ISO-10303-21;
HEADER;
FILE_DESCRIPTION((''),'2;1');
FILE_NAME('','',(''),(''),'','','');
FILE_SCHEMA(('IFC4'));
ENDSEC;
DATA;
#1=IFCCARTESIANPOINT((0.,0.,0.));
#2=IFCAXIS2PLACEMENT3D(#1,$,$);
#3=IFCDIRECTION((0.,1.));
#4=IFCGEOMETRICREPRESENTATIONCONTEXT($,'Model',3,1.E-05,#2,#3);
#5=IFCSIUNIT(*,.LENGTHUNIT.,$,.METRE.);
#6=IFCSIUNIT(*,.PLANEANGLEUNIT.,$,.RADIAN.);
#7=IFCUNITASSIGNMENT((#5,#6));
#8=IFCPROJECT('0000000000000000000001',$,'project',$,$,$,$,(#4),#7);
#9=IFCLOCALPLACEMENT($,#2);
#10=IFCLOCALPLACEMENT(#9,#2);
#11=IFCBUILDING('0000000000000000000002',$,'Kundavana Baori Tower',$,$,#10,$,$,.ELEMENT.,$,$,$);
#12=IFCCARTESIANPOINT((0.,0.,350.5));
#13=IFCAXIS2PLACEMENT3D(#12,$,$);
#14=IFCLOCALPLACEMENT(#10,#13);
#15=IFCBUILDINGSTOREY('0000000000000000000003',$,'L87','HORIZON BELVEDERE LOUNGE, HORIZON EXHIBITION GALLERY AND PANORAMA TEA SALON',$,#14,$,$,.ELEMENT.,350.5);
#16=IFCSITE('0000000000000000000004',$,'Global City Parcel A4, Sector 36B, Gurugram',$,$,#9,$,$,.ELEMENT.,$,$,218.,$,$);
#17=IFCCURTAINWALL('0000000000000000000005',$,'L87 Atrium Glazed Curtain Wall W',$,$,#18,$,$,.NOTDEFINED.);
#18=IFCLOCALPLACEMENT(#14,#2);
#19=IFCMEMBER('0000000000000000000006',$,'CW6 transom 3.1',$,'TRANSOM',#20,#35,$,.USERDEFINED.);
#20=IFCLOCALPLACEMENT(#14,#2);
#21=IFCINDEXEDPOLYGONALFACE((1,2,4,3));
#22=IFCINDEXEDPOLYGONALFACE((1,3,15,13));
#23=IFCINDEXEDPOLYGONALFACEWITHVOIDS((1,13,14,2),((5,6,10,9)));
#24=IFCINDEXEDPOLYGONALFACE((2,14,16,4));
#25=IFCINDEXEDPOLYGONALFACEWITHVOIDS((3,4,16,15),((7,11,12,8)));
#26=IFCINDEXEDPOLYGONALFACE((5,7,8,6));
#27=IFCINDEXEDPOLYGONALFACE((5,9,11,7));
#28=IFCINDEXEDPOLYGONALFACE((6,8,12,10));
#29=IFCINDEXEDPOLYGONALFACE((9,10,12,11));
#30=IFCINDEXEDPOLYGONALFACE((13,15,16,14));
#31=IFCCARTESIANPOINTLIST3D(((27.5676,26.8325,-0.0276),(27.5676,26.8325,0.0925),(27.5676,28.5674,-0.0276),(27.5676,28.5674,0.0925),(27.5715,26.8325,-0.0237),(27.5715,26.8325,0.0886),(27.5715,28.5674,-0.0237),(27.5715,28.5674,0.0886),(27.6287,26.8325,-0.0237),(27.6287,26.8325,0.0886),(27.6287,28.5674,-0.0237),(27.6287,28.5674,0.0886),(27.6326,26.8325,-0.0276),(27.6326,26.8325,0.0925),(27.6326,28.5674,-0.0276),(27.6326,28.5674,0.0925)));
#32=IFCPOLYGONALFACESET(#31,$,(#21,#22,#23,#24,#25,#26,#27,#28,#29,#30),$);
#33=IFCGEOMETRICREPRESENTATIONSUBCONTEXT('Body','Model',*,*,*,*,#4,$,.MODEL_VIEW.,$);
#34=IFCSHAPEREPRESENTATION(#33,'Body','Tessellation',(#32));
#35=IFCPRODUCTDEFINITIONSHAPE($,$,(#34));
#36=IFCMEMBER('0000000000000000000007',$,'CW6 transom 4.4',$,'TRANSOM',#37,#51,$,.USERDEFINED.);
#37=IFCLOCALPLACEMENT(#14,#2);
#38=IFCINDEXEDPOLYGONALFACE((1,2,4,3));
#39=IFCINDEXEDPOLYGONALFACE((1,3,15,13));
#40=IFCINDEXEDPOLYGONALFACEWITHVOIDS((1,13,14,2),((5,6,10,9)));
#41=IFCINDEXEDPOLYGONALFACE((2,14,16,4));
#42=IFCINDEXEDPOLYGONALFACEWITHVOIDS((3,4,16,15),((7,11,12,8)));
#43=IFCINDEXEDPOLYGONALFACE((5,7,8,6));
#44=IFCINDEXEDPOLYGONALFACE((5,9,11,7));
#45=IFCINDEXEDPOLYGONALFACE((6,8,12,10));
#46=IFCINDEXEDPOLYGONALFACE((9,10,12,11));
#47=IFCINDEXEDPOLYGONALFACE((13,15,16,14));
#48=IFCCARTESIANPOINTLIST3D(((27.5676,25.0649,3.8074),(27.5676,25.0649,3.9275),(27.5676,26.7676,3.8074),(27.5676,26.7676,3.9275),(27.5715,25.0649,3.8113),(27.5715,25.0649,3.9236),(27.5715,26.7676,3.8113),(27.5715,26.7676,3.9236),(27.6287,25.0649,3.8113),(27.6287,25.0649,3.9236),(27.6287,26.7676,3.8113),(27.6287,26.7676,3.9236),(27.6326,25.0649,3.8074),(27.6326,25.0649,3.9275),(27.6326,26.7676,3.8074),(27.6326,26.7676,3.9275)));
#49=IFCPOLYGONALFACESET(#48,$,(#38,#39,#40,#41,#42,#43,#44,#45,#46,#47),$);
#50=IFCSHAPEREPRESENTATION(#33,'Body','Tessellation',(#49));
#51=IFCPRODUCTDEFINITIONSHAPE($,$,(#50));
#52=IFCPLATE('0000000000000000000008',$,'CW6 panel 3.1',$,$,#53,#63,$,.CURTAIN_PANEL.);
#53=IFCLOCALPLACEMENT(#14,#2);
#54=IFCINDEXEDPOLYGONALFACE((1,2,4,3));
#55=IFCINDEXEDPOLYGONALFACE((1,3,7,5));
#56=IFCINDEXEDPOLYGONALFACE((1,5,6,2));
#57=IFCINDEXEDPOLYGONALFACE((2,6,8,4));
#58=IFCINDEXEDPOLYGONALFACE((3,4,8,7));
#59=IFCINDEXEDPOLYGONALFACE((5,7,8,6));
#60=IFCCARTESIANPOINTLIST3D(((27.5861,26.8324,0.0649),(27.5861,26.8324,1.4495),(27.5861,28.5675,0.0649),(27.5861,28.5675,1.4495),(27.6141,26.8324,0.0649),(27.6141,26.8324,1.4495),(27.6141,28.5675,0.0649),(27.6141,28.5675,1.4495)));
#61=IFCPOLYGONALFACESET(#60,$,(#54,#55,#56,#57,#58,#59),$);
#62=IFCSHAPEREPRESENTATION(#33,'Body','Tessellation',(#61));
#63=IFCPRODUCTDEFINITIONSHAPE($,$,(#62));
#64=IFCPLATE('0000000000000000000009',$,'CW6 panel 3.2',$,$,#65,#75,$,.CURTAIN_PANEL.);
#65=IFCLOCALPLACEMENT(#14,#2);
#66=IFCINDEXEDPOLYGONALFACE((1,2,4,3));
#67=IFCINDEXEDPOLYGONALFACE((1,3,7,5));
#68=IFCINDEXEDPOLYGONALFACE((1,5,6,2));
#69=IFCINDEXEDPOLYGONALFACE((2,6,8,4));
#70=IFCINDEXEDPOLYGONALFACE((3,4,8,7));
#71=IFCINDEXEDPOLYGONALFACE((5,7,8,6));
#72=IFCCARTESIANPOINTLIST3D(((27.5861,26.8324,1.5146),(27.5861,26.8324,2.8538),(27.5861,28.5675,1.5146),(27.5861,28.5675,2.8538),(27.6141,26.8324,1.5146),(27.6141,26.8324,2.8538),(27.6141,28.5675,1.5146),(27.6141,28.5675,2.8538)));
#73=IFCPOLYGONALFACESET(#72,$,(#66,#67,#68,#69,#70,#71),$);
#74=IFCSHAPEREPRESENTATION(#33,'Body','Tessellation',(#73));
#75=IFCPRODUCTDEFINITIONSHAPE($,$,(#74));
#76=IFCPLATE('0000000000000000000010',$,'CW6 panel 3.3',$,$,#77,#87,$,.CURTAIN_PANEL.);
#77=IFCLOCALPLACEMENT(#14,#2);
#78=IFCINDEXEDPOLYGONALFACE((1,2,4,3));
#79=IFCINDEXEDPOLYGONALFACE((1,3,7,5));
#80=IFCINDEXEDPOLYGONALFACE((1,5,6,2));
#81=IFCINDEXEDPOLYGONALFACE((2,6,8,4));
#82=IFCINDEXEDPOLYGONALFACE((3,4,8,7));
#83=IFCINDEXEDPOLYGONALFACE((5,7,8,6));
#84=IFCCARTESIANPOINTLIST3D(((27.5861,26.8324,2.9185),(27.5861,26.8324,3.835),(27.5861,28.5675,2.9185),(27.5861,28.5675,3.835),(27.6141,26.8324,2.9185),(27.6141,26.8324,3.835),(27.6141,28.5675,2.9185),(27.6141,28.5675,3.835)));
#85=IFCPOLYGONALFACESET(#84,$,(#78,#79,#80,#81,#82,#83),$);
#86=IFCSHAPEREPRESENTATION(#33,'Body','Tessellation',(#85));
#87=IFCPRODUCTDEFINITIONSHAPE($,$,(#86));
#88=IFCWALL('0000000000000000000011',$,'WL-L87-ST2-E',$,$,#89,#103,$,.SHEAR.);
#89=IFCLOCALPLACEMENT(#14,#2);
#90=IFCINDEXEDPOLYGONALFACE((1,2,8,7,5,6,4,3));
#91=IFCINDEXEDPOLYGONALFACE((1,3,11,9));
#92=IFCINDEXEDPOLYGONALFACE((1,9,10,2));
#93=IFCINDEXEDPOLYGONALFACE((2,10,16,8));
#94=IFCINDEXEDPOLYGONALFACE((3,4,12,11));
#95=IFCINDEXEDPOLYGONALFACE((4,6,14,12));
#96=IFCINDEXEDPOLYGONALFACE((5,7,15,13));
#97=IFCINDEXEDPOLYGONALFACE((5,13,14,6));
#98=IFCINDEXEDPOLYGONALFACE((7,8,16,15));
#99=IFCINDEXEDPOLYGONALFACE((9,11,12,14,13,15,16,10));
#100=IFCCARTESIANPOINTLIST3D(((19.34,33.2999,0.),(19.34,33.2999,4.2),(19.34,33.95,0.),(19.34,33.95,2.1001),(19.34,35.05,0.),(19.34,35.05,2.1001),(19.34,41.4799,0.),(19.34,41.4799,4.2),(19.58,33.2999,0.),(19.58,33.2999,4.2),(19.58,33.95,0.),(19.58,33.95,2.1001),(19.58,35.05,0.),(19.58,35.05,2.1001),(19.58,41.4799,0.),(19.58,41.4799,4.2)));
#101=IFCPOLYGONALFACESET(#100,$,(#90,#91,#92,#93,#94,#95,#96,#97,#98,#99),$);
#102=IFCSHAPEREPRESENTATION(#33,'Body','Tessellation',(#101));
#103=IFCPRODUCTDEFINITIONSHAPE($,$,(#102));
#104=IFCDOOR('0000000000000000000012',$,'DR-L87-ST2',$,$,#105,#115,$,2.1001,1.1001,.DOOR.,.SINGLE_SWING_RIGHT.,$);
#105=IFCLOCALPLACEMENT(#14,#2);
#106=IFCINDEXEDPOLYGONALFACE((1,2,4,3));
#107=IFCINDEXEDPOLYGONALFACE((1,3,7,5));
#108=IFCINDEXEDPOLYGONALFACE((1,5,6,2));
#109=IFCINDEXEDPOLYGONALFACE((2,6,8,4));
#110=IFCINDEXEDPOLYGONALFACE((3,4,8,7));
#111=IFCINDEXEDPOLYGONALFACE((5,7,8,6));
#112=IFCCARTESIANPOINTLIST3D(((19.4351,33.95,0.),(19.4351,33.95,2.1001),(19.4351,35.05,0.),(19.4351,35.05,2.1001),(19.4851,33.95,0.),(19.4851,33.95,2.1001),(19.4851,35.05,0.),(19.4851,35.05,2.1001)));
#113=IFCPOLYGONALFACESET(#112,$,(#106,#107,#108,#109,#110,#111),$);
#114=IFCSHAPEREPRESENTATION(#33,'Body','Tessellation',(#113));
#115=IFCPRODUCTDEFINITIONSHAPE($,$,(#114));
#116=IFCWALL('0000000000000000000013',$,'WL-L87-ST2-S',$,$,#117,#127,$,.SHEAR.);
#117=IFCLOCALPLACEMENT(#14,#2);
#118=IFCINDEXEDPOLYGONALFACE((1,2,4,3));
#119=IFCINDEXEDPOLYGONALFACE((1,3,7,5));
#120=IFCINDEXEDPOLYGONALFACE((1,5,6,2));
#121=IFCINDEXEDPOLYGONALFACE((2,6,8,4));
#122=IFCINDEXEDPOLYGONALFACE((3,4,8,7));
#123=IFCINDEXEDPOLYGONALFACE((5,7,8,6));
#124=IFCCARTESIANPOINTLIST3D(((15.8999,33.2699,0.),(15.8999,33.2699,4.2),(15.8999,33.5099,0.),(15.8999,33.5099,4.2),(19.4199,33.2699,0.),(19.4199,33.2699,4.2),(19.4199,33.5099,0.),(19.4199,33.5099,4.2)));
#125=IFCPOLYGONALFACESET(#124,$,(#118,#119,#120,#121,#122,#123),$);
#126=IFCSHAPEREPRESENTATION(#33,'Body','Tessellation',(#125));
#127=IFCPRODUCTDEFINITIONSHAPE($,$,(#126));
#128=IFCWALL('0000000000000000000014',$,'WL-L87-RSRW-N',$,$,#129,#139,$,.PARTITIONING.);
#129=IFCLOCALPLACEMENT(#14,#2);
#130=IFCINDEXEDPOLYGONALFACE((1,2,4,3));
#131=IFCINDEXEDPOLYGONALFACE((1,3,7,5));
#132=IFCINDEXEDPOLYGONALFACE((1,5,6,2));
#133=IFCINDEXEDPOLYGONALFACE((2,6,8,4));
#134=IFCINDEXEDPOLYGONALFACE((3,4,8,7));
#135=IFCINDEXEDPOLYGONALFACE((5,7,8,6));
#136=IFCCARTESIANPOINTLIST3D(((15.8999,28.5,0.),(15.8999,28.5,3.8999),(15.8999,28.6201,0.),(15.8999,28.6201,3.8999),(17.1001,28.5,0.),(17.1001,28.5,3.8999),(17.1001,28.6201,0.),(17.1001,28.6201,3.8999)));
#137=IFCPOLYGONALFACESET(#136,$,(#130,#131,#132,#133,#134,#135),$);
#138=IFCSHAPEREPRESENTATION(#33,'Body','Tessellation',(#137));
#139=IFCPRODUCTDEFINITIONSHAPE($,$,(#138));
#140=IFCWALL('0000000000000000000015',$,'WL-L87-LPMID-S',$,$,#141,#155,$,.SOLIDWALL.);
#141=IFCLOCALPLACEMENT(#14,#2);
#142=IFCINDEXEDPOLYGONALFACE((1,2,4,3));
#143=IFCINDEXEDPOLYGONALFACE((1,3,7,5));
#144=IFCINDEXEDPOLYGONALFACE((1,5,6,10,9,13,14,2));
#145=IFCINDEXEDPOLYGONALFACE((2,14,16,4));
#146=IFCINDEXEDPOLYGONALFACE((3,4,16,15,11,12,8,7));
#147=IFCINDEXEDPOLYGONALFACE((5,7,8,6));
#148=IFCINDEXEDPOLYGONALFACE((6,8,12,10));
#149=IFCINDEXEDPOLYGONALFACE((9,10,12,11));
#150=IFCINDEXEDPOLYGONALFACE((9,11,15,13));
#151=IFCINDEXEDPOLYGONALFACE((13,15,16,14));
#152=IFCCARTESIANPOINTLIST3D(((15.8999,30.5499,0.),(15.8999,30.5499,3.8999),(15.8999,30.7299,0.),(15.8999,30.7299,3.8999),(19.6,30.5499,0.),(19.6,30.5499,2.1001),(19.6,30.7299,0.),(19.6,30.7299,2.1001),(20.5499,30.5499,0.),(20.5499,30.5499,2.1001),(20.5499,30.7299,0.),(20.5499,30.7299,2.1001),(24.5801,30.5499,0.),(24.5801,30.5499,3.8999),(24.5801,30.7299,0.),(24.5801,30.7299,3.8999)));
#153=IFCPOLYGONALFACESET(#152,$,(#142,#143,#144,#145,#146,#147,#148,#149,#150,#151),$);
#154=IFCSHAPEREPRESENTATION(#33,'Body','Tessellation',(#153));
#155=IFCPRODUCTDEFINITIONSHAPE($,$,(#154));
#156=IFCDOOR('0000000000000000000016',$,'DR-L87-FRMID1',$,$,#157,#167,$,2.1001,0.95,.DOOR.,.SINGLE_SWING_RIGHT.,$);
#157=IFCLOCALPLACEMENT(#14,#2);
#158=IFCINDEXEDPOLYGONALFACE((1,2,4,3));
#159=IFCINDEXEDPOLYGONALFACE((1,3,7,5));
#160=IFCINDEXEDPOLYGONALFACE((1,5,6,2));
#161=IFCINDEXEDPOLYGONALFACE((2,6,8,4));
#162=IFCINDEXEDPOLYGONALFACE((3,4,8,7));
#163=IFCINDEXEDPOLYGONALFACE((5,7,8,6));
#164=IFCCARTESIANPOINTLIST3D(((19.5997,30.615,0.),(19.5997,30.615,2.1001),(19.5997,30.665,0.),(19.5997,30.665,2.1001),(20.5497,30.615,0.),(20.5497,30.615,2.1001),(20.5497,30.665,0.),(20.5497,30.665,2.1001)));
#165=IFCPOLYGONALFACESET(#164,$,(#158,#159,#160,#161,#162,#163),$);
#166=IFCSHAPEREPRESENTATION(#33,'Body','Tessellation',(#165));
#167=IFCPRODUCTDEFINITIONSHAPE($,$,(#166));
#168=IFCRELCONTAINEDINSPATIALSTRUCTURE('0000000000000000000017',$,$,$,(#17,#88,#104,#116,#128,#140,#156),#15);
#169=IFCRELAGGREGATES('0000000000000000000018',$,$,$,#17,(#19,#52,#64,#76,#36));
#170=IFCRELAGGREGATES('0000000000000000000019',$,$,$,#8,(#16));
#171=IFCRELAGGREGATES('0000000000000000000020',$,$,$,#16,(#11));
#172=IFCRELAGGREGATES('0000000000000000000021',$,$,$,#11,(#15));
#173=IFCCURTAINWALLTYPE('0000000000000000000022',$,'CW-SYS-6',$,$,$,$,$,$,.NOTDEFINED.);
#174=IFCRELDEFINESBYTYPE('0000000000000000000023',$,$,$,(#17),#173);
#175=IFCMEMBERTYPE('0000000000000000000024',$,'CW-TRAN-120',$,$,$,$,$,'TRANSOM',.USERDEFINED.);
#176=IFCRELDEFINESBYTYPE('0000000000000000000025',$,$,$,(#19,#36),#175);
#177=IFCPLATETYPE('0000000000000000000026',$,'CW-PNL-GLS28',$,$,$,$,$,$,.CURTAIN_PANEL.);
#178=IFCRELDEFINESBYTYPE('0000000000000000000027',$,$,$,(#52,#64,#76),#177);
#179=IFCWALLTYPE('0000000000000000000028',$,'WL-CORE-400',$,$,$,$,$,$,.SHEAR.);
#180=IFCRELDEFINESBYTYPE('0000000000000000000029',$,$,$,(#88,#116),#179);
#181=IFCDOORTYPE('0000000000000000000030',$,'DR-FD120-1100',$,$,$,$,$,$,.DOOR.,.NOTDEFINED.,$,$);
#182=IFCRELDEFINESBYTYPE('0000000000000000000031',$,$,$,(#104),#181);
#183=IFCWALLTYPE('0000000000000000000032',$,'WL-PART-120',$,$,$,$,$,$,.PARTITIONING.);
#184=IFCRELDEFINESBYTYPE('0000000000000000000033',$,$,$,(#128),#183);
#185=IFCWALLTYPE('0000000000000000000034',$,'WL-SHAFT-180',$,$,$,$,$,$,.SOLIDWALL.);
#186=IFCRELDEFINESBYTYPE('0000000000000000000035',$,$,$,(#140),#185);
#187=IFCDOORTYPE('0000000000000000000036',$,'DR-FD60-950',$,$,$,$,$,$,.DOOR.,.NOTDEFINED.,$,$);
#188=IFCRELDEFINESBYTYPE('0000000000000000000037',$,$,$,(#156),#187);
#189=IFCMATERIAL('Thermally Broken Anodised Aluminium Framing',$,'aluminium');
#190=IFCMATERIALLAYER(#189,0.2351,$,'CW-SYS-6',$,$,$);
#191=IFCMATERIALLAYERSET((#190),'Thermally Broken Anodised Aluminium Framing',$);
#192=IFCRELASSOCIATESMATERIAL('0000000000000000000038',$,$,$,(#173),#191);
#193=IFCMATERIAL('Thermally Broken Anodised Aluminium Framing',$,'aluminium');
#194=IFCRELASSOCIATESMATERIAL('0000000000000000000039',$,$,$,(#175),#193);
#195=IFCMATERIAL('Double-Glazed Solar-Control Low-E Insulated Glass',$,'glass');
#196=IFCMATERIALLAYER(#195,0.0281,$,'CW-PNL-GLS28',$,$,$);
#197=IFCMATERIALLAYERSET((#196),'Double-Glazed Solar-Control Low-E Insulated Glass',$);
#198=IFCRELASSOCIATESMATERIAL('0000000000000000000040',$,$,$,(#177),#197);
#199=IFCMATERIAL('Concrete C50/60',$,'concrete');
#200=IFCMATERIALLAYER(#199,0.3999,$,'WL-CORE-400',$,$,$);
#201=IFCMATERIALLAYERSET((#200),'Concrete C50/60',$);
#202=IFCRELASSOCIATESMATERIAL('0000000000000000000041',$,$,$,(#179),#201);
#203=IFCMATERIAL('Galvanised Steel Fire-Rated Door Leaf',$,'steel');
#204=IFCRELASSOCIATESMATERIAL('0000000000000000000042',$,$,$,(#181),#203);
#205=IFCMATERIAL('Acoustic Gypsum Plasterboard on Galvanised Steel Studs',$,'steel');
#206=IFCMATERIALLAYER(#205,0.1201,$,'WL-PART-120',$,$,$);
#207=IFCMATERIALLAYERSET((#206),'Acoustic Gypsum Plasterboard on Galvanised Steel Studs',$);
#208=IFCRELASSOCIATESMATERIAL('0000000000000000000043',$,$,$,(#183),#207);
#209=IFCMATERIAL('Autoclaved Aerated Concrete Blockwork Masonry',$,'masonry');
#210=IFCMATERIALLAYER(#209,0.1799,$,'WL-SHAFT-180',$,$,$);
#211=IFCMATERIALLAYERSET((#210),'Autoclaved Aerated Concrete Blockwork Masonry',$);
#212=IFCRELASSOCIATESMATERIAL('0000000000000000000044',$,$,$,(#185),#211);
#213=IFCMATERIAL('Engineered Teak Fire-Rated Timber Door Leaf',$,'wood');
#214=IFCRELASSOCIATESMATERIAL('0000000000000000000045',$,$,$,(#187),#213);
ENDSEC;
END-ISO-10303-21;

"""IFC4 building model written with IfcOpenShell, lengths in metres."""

from ifc_helpers import new_model, si_unit, direction, frame, frame_2d, origin, origin_2d, place, context, subcontext, project, spatial, rectangle, hollow_rectangle, extrude, material, layer, layer_set, material_profile, profile_set, type_object, element, fill, aggregate, save


model = new_model("IFC4")

# Units and contexts
model_context = context("Model", 3, precision=1e-05, world=origin(), true_north=direction((0.0, 1.0)))
body_context = subcontext(model_context, "Body", "Model", "MODEL_VIEW")
ifc_project = project(units=[si_unit("LENGTHUNIT", "METRE"), si_unit("PLANEANGLEUNIT", "RADIAN")], contexts=[model_context])

# Site, building, storey
site_placement = place(None, origin())
site = spatial("IfcSite", under=ifc_project, at=site_placement, Name="Global City Parcel A4, Sector 36B, Gurugram", CompositionType="ELEMENT", RefElevation=218.0)
building_placement = place(site_placement, origin())
building = spatial("IfcBuilding", under=site, at=building_placement, Name="Kundavana Baori Tower", CompositionType="ELEMENT")
storey_placement = place(building_placement, frame((0.0, 0.0, 350.5)))
storey = spatial("IfcBuildingStorey", under=building, at=storey_placement, Name="L87", Description="HORIZON BELVEDERE LOUNGE, HORIZON EXHIBITION GALLERY AND PANORAMA TEA SALON", CompositionType="ELEMENT", Elevation=350.5)

# Curtain wall, members, plates
ifc_material_1 = material(Name="Thermally Broken Anodised Aluminium Framing", Category="aluminium")
ifc_layer_1 = layer(ifc_material_1, 0.2351, Name="CW-SYS-6")
ifc_layer_set_1 = layer_set([ifc_layer_1], Name="Thermally Broken Anodised Aluminium Framing")
curtain_wall_type = type_object("IfcCurtainWallType", Name="CW-SYS-6", PredefinedType="NOTDEFINED", material=ifc_layer_set_1)
curtain_wall_placement = place(storey_placement, origin())
curtain_wall = element("IfcCurtainWall", 1, at=curtain_wall_placement, inside=storey, type_object=curtain_wall_type, Name="L87 Atrium Glazed Curtain Wall W", PredefinedType="NOTDEFINED")
ifc_material_2 = material(Name="Thermally Broken Anodised Aluminium Framing", Category="aluminium")
ifc_material_profile_1 = material_profile(ifc_material_2, hollow_rectangle(XDim=0.0649, YDim=0.1201, WallThickness=0.0039, at=origin_2d()), Name="CW-TRAN-120")
ifc_profile_set_1 = profile_set([ifc_material_profile_1], Name="Thermally Broken Anodised Aluminium Framing")
member_type_1 = type_object("IfcMemberType", Name="CW-TRAN-120", ElementType="TRANSOM", PredefinedType="USERDEFINED", material=ifc_profile_set_1)
member_1_placement = place(storey_placement, frame((27.6001, 28.5674, 0.0325), z_axis=(0.0, -1.0, 0.0), x_axis=(1.0, 0.0, 0.0)))
member_1 = element("IfcMember", 2, at=member_1_placement, type_object=member_type_1, Name="CW6 transom 3.1", ObjectType="TRANSOM", PredefinedType="USERDEFINED", context=body_context, shape_type="SweptSolid", body=[
    extrude(hollow_rectangle(XDim=0.0649, YDim=0.1201, WallThickness=0.0039, at=origin_2d()), origin(), (0.0, 0.0, 1.0), 1.7349),
])
member_2_placement = place(storey_placement, frame((27.6001, 26.7676, 3.8674), z_axis=(0.0, -1.0, 0.0), x_axis=(1.0, 0.0, 0.0)))
member_2 = element("IfcMember", 3, at=member_2_placement, type_object=member_type_1, Name="CW6 transom 4.4", ObjectType="TRANSOM", PredefinedType="USERDEFINED", context=body_context, shape_type="SweptSolid", body=[
    extrude(hollow_rectangle(XDim=0.0649, YDim=0.1201, WallThickness=0.0039, at=origin_2d()), origin(), (0.0, 0.0, 1.0), 1.7026),
])
ifc_material_3 = material(Name="Double-Glazed Solar-Control Low-E Insulated Glass", Category="glass")
ifc_layer_2 = layer(ifc_material_3, 0.0281, Name="CW-PNL-GLS28")
ifc_layer_set_2 = layer_set([ifc_layer_2], Name="Double-Glazed Solar-Control Low-E Insulated Glass")
plate_type = type_object("IfcPlateType", Name="CW-PNL-GLS28", PredefinedType="CURTAIN_PANEL", material=ifc_layer_set_2)
plate_1_placement = place(storey_placement, frame((27.6001, 27.7, 0.0649), z_axis=(0.0, 0.0, 1.0), x_axis=(0.0, -1.0, 0.0)))
plate_1 = element("IfcPlate", 4, at=plate_1_placement, type_object=plate_type, Name="CW6 panel 3.1", PredefinedType="CURTAIN_PANEL", context=body_context, shape_type="SweptSolid", body=[
    extrude(rectangle(XDim=1.7351, YDim=0.0281, at=origin_2d()), origin(), (0.0, 0.0, 1.0), 1.3845),
])
plate_2_placement = place(storey_placement, frame((27.6001, 27.7, 1.5146), z_axis=(0.0, 0.0, 1.0), x_axis=(0.0, -1.0, 0.0)))
plate_2 = element("IfcPlate", 5, at=plate_2_placement, type_object=plate_type, Name="CW6 panel 3.2", PredefinedType="CURTAIN_PANEL", context=body_context, shape_type="SweptSolid", body=[
    extrude(rectangle(XDim=1.7351, YDim=0.0281, at=origin_2d()), origin(), (0.0, 0.0, 1.0), 1.3391),
])
plate_3_placement = place(storey_placement, frame((27.6001, 27.7, 2.9185), z_axis=(0.0, 0.0, 1.0), x_axis=(0.0, -1.0, 0.0)))
plate_3 = element("IfcPlate", 6, at=plate_3_placement, type_object=plate_type, Name="CW6 panel 3.3", PredefinedType="CURTAIN_PANEL", context=body_context, shape_type="SweptSolid", body=[
    extrude(rectangle(XDim=1.7351, YDim=0.0281, at=origin_2d()), origin(), (0.0, 0.0, 1.0), 0.9165),
])
aggregate(curtain_wall, [member_1, plate_1, plate_2, plate_3, member_2])

# Wall, opening, door
ifc_material_4 = material(Name="Concrete C50/60", Category="concrete")
ifc_layer_3 = layer(ifc_material_4, 0.3999, Name="WL-CORE-400")
ifc_layer_set_3 = layer_set([ifc_layer_3], Name="Concrete C50/60")
wall_type_1 = type_object("IfcWallType", Name="WL-CORE-400", PredefinedType="SHEAR", material=ifc_layer_set_3)
wall_1_placement = place(storey_placement, frame((19.46, 33.3, 0.0), z_axis=(0.0, 0.0, 1.0), x_axis=(0.0, 1.0, 0.0)))
wall_1 = element("IfcWall", 7, at=wall_1_placement, inside=storey, type_object=wall_type_1, Name="WL-L87-ST2-E", PredefinedType="SHEAR", context=body_context, shape_type="SweptSolid", body=[
    extrude(rectangle(XDim=8.1799, YDim=0.24, at=frame_2d((4.0898, 0.0))), origin(), (0.0, 0.0, 1.0), 4.2),
])
opening_1_placement = place(wall_1_placement, frame((0.6499, 0.0, 0.0)))
opening_1 = element("IfcOpeningElement", 8, at=opening_1_placement, cuts=wall_1, PredefinedType="OPENING", context=body_context, shape_type="SweptSolid", body=[
    extrude(rectangle(XDim=1.1001, YDim=2.1001, at=frame_2d((0.55, 1.05))), frame((0.0, 0.1299, 0.0), z_axis=(0.0, -1.0, 0.0), x_axis=(1.0, 0.0, 0.0)), (0.0, 0.0, 1.0), 0.26),
])
ifc_material_5 = material(Name="Galvanised Steel Fire-Rated Door Leaf", Category="steel")
door_type_1 = type_object("IfcDoorType", Name="DR-FD120-1100", OperationType="NOTDEFINED", PredefinedType="DOOR", material=ifc_material_5)
door_1_placement = place(opening_1_placement, origin())
door_1 = element("IfcDoor", 9, at=door_1_placement, inside=storey, type_object=door_type_1, Name="DR-L87-ST2", OperationType="SINGLE_SWING_RIGHT", OverallHeight=2.1001, OverallWidth=1.1001, PredefinedType="DOOR", context=body_context, shape_type="SweptSolid", body=[
    extrude(rectangle(XDim=1.1001, YDim=2.1001, at=frame_2d((0.55, 1.05))), frame((0.0, 0.0249, 0.0), z_axis=(0.0, -1.0, 0.0), x_axis=(1.0, 0.0, 0.0)), (0.0, 0.0, 1.0), 0.05),
])
fill(opening_1, door_1)

# Walls
wall_2_placement = place(storey_placement, frame((15.8999, 33.3899, 0.0), z_axis=(0.0, 0.0, 1.0), x_axis=(1.0, 0.0, 0.0)))
element("IfcWall", 10, at=wall_2_placement, inside=storey, type_object=wall_type_1, Name="WL-L87-ST2-S", PredefinedType="SHEAR", context=body_context, shape_type="SweptSolid", body=[
    extrude(rectangle(XDim=3.52, YDim=0.24, at=frame_2d((1.76, 0.0))), origin(), (0.0, 0.0, 1.0), 4.2),
])
ifc_material_6 = material(Name="Acoustic Gypsum Plasterboard on Galvanised Steel Studs", Category="steel")
ifc_layer_4 = layer(ifc_material_6, 0.1201, Name="WL-PART-120")
ifc_layer_set_4 = layer_set([ifc_layer_4], Name="Acoustic Gypsum Plasterboard on Galvanised Steel Studs")
wall_type_2 = type_object("IfcWallType", Name="WL-PART-120", PredefinedType="PARTITIONING", material=ifc_layer_set_4)
wall_3_placement = place(storey_placement, frame((15.8999, 28.5601, 0.0), z_axis=(0.0, 0.0, 1.0), x_axis=(1.0, 0.0, 0.0)))
element("IfcWall", 11, at=wall_3_placement, inside=storey, type_object=wall_type_2, Name="WL-L87-RSRW-N", PredefinedType="PARTITIONING", context=body_context, shape_type="SweptSolid", body=[
    extrude(rectangle(XDim=1.2002, YDim=0.1201, at=frame_2d((0.6001, 0.0))), origin(), (0.0, 0.0, 1.0), 3.8999),
])

# Wall, opening, door
ifc_material_7 = material(Name="Autoclaved Aerated Concrete Blockwork Masonry", Category="masonry")
ifc_layer_5 = layer(ifc_material_7, 0.1799, Name="WL-SHAFT-180")
ifc_layer_set_5 = layer_set([ifc_layer_5], Name="Autoclaved Aerated Concrete Blockwork Masonry")
wall_type_3 = type_object("IfcWallType", Name="WL-SHAFT-180", PredefinedType="SOLIDWALL", material=ifc_layer_set_5)
wall_4_placement = place(storey_placement, frame((15.8999, 30.6399, 0.0), z_axis=(0.0, 0.0, 1.0), x_axis=(1.0, 0.0, 0.0)))
wall_4 = element("IfcWall", 12, at=wall_4_placement, inside=storey, type_object=wall_type_3, Name="WL-L87-LPMID-S", PredefinedType="SOLIDWALL", context=body_context, shape_type="SweptSolid", body=[
    extrude(rectangle(XDim=8.6802, YDim=0.1799, at=frame_2d((4.3401, 0.0))), origin(), (0.0, 0.0, 1.0), 3.8999),
])
opening_2_placement = place(wall_4_placement, frame((3.7, 0.0, 0.0)))
opening_2 = element("IfcOpeningElement", 13, at=opening_2_placement, cuts=wall_4, PredefinedType="OPENING", context=body_context, shape_type="SweptSolid", body=[
    extrude(rectangle(XDim=0.95, YDim=2.1001, at=frame_2d((0.4751, 1.05))), frame((0.0, 0.1001, 0.0), z_axis=(0.0, -1.0, 0.0), x_axis=(1.0, 0.0, 0.0)), (0.0, 0.0, 1.0), 0.2),
])
ifc_material_8 = material(Name="Engineered Teak Fire-Rated Timber Door Leaf", Category="wood")
door_type_2 = type_object("IfcDoorType", Name="DR-FD60-950", OperationType="NOTDEFINED", PredefinedType="DOOR", material=ifc_material_8)
door_2_placement = place(opening_2_placement, frame((0.95, 0.0, 0.0), z_axis=(0.0, 0.0, 1.0), x_axis=(-1.0, 0.0, 0.0)))
door_2 = element("IfcDoor", 14, at=door_2_placement, inside=storey, type_object=door_type_2, Name="DR-L87-FRMID1", OperationType="SINGLE_SWING_RIGHT", OverallHeight=2.1001, OverallWidth=0.95, PredefinedType="DOOR", context=body_context, shape_type="SweptSolid", body=[
    extrude(rectangle(XDim=0.95, YDim=2.1001, at=frame_2d((0.4751, 1.05))), frame((0.0, 0.0249, 0.0), z_axis=(0.0, -1.0, 0.0), x_axis=(1.0, 0.0, 0.0)), (0.0, 0.0, 1.0), 0.05),
])
fill(opening_2, door_2)

save(model, "model.ifc")
